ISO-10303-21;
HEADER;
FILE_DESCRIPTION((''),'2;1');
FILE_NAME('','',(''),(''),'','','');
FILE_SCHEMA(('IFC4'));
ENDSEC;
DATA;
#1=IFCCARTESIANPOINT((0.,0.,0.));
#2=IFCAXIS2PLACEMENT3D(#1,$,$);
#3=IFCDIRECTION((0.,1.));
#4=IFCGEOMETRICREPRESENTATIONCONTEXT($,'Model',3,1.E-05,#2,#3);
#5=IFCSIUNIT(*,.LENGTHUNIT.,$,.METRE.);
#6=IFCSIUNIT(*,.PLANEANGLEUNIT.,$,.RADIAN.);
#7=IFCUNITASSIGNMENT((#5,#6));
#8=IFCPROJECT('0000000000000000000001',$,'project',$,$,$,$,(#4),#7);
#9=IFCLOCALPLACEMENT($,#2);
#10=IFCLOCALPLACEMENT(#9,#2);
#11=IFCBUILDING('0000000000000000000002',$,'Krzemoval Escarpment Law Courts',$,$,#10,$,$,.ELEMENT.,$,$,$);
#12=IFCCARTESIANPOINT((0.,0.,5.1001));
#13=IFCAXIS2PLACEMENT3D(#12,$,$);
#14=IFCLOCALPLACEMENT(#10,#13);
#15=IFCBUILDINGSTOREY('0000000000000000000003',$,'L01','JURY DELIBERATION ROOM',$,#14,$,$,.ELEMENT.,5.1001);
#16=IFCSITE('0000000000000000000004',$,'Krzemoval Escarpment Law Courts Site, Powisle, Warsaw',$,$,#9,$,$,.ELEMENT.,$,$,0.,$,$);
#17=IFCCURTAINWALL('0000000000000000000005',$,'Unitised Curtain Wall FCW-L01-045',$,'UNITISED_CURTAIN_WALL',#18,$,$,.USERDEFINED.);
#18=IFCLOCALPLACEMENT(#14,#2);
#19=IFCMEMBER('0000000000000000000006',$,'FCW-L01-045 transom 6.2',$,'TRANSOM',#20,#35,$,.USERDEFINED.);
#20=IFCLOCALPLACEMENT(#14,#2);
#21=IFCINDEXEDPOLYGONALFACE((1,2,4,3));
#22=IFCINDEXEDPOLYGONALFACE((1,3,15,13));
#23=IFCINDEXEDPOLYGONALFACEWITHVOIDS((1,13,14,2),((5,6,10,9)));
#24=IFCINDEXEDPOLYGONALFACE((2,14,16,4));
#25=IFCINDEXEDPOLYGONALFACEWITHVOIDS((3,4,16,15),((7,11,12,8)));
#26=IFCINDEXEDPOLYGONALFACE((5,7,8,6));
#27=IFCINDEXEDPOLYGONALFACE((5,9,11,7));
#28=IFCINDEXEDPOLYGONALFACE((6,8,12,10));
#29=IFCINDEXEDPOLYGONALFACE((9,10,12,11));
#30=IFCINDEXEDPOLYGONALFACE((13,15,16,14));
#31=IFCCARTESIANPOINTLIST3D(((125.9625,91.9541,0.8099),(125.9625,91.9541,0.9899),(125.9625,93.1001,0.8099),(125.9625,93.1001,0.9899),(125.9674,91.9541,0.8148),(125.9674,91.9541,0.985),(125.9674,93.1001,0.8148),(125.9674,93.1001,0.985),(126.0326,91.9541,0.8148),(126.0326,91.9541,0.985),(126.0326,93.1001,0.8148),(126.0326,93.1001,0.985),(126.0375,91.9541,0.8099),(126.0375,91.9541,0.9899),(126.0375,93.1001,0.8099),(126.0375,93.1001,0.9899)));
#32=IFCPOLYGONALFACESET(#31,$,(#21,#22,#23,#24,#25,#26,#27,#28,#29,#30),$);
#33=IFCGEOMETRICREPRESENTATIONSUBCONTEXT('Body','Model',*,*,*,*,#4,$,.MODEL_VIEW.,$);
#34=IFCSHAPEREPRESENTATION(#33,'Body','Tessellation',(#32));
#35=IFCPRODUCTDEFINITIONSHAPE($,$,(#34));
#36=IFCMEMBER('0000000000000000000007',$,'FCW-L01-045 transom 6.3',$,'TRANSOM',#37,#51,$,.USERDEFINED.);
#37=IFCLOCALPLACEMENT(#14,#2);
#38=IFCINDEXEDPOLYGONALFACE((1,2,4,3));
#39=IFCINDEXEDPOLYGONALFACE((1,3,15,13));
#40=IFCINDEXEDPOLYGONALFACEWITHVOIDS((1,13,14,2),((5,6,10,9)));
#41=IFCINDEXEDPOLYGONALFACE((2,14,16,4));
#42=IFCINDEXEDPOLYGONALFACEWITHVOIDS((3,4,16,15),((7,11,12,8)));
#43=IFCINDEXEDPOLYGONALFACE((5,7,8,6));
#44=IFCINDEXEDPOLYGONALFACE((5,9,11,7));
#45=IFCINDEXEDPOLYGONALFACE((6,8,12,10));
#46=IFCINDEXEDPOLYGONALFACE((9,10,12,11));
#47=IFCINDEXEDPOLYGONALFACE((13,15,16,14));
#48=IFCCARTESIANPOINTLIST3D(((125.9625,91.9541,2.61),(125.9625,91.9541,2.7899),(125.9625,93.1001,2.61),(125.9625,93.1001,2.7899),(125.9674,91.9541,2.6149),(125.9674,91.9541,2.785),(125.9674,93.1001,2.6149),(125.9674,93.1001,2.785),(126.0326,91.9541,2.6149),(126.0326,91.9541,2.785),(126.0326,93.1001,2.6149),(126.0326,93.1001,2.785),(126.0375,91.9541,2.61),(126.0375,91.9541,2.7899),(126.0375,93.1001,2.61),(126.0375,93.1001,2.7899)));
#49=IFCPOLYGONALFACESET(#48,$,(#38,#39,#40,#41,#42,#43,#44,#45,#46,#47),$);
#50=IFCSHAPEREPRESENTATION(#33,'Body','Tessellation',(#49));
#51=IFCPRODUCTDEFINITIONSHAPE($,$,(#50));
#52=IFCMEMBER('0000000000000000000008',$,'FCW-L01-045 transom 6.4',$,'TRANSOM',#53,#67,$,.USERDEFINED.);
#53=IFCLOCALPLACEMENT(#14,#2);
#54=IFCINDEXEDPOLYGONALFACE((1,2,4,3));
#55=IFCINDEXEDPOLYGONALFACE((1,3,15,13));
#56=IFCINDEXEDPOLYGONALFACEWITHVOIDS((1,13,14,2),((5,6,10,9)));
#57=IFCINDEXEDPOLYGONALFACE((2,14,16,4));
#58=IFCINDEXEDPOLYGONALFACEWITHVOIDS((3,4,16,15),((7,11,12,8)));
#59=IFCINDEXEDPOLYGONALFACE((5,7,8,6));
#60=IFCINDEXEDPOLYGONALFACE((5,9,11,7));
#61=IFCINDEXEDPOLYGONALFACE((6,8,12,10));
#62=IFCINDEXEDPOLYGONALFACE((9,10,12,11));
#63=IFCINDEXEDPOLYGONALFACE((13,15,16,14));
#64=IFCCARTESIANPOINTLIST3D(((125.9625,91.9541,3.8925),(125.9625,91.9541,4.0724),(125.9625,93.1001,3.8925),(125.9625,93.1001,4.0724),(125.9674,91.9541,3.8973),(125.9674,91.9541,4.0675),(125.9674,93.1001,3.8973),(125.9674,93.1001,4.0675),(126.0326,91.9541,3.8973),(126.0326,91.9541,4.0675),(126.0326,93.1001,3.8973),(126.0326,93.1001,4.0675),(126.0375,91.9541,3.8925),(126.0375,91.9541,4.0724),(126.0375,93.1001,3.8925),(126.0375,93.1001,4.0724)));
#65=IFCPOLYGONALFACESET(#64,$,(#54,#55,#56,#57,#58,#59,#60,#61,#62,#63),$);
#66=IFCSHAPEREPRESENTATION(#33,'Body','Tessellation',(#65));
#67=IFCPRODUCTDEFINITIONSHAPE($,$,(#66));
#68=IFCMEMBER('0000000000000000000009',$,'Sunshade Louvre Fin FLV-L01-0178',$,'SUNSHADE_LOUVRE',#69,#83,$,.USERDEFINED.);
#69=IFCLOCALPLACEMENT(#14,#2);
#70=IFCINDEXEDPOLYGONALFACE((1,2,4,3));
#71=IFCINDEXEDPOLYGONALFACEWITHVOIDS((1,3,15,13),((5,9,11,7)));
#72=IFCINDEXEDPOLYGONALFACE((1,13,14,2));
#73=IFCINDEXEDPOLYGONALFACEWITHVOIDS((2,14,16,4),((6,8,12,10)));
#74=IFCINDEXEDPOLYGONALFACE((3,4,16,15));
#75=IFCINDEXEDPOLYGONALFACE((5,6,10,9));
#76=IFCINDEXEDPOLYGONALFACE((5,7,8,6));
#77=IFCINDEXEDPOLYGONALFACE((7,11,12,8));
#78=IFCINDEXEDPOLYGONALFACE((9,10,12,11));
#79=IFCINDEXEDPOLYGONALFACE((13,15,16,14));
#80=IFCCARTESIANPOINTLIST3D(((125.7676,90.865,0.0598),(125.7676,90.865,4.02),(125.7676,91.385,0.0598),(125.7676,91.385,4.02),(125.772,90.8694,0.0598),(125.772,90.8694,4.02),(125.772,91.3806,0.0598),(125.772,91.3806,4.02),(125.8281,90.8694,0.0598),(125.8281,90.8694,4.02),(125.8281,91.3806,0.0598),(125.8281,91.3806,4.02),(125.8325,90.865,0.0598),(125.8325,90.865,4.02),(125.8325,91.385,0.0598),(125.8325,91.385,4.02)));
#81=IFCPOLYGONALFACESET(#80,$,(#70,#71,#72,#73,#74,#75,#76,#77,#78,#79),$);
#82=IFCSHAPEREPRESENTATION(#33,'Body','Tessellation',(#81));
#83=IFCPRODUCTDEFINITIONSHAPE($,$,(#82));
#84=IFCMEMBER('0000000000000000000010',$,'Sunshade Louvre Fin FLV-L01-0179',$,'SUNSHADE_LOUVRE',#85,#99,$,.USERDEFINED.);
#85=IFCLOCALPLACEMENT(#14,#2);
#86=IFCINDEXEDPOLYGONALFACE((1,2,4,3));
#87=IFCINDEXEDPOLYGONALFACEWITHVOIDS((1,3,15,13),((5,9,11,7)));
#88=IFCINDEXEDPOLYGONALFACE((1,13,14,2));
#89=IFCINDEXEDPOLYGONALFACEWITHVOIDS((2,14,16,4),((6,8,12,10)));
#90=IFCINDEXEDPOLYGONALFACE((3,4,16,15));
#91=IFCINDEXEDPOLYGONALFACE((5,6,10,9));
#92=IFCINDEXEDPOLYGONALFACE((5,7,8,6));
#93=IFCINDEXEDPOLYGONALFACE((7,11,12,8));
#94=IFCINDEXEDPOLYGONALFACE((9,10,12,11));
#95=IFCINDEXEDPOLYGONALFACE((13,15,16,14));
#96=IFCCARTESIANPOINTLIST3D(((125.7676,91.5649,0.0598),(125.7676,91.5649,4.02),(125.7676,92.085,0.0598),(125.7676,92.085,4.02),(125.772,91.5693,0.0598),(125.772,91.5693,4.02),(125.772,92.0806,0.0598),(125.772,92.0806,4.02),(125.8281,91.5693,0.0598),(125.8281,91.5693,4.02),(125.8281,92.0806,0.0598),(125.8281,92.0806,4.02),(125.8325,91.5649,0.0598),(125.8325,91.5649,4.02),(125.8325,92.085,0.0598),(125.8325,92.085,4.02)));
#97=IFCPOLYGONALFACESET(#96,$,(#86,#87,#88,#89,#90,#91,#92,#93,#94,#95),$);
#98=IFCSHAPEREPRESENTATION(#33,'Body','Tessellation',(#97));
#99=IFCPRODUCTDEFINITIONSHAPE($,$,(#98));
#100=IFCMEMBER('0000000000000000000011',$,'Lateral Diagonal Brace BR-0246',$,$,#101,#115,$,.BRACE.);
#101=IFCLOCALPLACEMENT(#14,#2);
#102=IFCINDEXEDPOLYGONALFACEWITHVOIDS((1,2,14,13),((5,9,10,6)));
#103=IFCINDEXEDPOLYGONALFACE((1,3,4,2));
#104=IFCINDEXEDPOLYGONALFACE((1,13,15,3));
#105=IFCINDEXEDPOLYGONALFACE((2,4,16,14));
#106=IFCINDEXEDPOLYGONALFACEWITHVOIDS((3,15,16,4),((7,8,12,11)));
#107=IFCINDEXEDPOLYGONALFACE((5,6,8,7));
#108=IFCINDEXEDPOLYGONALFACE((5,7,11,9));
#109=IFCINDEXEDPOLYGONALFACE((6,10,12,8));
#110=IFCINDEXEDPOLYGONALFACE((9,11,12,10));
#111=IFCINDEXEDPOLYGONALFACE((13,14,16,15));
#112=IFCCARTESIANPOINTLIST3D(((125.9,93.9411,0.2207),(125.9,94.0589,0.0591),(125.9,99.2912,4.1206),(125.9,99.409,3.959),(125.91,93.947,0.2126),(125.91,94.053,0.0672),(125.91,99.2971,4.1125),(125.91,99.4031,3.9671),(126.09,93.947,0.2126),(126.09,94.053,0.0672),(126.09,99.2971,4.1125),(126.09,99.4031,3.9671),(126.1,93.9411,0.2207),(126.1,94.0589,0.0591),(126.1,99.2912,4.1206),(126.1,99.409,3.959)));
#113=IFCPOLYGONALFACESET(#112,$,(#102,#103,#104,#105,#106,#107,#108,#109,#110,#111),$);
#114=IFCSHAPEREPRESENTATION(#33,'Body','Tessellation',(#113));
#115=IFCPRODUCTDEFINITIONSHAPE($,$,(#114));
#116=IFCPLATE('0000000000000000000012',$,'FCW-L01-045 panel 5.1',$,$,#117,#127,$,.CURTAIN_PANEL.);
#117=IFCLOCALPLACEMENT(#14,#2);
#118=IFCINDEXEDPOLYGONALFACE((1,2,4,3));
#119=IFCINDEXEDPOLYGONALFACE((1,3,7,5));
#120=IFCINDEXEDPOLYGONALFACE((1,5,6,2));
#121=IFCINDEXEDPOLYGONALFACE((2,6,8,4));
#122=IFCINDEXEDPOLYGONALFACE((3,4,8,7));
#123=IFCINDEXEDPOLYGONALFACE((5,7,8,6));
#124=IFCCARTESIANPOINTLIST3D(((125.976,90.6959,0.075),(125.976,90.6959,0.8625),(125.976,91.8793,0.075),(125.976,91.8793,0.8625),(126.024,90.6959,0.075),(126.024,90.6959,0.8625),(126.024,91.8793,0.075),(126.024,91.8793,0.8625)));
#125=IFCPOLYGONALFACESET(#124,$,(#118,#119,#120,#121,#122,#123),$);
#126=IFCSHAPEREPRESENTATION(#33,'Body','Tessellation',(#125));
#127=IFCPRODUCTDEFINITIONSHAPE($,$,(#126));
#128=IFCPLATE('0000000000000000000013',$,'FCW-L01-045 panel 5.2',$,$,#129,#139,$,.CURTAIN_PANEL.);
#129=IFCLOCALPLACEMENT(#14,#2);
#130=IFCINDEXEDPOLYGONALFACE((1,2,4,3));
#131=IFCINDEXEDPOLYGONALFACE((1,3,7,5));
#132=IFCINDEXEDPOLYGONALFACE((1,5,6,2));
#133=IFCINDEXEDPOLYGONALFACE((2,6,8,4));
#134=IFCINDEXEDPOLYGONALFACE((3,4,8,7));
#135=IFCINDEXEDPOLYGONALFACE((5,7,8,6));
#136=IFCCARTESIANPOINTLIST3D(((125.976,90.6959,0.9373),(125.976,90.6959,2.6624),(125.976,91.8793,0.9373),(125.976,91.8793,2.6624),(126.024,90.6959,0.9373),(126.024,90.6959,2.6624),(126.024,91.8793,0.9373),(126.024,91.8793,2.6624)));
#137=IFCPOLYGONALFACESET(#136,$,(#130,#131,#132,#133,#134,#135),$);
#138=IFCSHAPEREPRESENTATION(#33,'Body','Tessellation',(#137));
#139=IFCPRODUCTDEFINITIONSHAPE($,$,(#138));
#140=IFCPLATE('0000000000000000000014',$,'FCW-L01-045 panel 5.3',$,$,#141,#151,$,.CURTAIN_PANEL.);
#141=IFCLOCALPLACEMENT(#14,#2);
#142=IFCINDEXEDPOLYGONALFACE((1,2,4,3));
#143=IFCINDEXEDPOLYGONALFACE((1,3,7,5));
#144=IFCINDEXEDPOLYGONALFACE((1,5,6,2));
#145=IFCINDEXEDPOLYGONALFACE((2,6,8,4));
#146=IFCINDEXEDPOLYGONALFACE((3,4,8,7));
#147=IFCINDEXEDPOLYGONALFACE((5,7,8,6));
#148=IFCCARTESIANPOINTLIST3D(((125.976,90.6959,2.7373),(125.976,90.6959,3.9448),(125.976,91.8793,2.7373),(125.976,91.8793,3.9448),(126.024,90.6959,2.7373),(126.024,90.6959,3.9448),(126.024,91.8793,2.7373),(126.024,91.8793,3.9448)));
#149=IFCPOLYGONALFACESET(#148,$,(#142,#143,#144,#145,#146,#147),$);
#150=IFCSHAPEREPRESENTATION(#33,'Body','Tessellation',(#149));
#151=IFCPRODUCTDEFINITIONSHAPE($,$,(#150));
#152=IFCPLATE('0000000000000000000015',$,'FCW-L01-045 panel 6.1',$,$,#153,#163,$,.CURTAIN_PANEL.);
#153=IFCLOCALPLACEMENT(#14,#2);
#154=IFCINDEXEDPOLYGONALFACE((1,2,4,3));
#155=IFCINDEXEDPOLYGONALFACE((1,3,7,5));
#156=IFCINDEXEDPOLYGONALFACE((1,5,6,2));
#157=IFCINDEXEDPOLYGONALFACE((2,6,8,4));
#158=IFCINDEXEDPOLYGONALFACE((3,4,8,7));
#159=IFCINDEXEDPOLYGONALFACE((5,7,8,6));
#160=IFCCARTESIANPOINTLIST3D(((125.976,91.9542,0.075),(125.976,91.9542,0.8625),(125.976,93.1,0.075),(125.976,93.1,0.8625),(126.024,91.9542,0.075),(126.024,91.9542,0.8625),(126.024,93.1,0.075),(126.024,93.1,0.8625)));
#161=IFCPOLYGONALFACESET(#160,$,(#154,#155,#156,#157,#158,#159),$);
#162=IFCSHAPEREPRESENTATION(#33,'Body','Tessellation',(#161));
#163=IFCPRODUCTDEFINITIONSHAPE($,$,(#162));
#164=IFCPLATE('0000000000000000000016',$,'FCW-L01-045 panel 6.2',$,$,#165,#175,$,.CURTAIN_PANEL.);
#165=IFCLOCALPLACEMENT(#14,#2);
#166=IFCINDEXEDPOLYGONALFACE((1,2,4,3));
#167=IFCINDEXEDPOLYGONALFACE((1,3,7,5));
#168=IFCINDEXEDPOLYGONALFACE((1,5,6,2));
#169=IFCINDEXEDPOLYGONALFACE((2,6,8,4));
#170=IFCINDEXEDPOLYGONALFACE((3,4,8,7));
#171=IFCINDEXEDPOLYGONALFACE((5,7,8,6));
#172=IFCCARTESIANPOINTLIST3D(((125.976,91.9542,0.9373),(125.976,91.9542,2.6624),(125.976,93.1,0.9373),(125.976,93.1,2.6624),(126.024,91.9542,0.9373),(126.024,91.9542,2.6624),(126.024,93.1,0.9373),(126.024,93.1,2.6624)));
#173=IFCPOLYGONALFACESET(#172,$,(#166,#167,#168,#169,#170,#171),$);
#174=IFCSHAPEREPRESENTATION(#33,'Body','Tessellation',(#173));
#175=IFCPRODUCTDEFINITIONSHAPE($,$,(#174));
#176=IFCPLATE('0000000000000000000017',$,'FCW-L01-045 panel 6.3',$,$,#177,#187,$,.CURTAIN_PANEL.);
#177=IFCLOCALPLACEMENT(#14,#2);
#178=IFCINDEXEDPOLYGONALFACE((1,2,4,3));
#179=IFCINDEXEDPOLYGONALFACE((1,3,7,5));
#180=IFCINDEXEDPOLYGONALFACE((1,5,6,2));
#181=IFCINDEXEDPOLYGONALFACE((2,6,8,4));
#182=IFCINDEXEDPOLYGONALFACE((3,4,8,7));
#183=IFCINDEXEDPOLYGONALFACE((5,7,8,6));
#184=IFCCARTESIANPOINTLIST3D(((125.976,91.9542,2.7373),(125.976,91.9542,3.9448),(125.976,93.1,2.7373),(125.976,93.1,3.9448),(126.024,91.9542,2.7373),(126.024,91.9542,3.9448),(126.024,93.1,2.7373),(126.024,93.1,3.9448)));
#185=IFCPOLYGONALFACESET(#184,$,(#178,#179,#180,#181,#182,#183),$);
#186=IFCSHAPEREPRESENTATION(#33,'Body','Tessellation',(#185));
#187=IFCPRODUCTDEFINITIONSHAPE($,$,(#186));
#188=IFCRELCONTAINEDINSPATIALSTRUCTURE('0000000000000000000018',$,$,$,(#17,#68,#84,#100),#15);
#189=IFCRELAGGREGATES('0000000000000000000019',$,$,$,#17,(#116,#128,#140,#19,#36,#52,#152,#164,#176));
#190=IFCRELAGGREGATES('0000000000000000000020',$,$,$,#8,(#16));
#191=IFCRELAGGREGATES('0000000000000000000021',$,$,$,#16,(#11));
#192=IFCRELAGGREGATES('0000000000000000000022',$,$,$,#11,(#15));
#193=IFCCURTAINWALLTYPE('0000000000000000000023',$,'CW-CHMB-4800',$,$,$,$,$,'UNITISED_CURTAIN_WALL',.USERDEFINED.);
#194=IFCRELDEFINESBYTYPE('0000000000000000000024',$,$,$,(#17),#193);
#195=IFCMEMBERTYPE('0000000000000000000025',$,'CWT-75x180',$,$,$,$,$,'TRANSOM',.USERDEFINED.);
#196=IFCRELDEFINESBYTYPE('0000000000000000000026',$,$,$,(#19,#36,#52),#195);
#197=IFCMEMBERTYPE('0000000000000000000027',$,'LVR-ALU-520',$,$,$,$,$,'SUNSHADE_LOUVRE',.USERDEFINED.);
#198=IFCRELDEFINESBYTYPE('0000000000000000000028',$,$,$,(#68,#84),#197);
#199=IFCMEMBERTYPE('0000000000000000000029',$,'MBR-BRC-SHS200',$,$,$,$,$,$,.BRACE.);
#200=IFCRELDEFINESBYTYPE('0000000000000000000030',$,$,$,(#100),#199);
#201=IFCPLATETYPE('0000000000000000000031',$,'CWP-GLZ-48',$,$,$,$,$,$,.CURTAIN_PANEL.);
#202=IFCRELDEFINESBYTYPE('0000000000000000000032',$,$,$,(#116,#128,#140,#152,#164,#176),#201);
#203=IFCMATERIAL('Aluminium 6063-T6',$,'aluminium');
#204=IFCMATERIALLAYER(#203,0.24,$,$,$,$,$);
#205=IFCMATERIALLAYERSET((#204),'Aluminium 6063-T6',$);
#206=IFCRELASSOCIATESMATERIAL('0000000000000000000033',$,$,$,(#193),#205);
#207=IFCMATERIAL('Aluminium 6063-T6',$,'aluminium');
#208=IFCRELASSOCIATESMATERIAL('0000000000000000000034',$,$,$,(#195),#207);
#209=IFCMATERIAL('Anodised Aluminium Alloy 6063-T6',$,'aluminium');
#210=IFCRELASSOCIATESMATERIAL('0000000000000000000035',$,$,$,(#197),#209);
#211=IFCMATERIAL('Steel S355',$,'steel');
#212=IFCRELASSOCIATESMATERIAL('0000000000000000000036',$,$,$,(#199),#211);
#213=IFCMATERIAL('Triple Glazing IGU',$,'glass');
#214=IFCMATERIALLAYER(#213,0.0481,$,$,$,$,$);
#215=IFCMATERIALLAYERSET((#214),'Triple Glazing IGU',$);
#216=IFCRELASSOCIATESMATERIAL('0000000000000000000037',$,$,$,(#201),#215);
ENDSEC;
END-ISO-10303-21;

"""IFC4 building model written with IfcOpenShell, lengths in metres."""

from ifc_helpers import new_model, si_unit, direction, frame, origin, origin_2d, place, context, subcontext, project, spatial, rectangle, hollow_rectangle, extrude, material, layer, layer_set, material_profile, profile_set, type_object, element, aggregate, save


model = new_model("IFC4")

# Units and contexts
model_context = context("Model", 3, precision=1e-05, world=origin(), true_north=direction((0.0, 1.0)))
body_context = subcontext(model_context, "Body", "Model", "MODEL_VIEW")
ifc_project = project(units=[si_unit("LENGTHUNIT", "METRE"), si_unit("PLANEANGLEUNIT", "RADIAN")], contexts=[model_context])

# Site, building, storey
site_placement = place(None, origin())
site = spatial("IfcSite", under=ifc_project, at=site_placement, Name="Krzemoval Escarpment Law Courts Site, Powisle, Warsaw", CompositionType="ELEMENT", RefElevation=0.0)
building_placement = place(site_placement, origin())
building = spatial("IfcBuilding", under=site, at=building_placement, Name="Krzemoval Escarpment Law Courts", CompositionType="ELEMENT")
storey_placement = place(building_placement, frame((0.0, 0.0, 5.1001)))
storey = spatial("IfcBuildingStorey", under=building, at=storey_placement, Name="L01", Description="JURY DELIBERATION ROOM", CompositionType="ELEMENT", Elevation=5.1001)

# Curtain wall, members
ifc_material_1 = material(Name="Aluminium 6063-T6", Category="aluminium")
ifc_layer_1 = layer(ifc_material_1, 0.24)
ifc_layer_set_1 = layer_set([ifc_layer_1], Name="Aluminium 6063-T6")
curtain_wall_type = type_object("IfcCurtainWallType", Name="CW-CHMB-4800", ElementType="UNITISED_CURTAIN_WALL", PredefinedType="USERDEFINED", material=ifc_layer_set_1)
curtain_wall_placement = place(storey_placement, origin())
curtain_wall = element("IfcCurtainWall", 1, at=curtain_wall_placement, inside=storey, type_object=curtain_wall_type, Name="Unitised Curtain Wall FCW-L01-045", ObjectType="UNITISED_CURTAIN_WALL", PredefinedType="USERDEFINED")
ifc_material_2 = material(Name="Aluminium 6063-T6", Category="aluminium")
ifc_material_profile_1 = material_profile(ifc_material_2, hollow_rectangle(XDim=0.075, YDim=0.1799, WallThickness=0.0049, at=origin_2d()), Name="ALU T75x180")
ifc_profile_set_1 = profile_set([ifc_material_profile_1], Name="Aluminium 6063-T6")
member_type_1 = type_object("IfcMemberType", Name="CWT-75x180", ElementType="TRANSOM", PredefinedType="USERDEFINED", material=ifc_profile_set_1)
member_1_placement = place(storey_placement, frame((126.0, 91.9541, 0.8999), z_axis=(0.0, 1.0, 0.0), x_axis=(-1.0, 0.0, 0.0)))
member_1 = element("IfcMember", 2, at=member_1_placement, type_object=member_type_1, Name="FCW-L01-045 transom 6.2", ObjectType="TRANSOM", PredefinedType="USERDEFINED", context=body_context, shape_type="SweptSolid", body=[
    extrude(hollow_rectangle(XDim=0.075, YDim=0.1799, WallThickness=0.0049, at=origin_2d()), origin(), (0.0, 0.0, 1.0), 1.146),
])
member_2_placement = place(storey_placement, frame((126.0, 91.9541, 2.7), z_axis=(0.0, 1.0, 0.0), x_axis=(-1.0, 0.0, 0.0)))
member_2 = element("IfcMember", 3, at=member_2_placement, type_object=member_type_1, Name="FCW-L01-045 transom 6.3", ObjectType="TRANSOM", PredefinedType="USERDEFINED", context=body_context, shape_type="SweptSolid", body=[
    extrude(hollow_rectangle(XDim=0.075, YDim=0.1799, WallThickness=0.0049, at=origin_2d()), origin(), (0.0, 0.0, 1.0), 1.146),
])
member_3_placement = place(storey_placement, frame((126.0, 91.9541, 3.9824), z_axis=(0.0, 1.0, 0.0), x_axis=(-1.0, 0.0, 0.0)))
member_3 = element("IfcMember", 4, at=member_3_placement, type_object=member_type_1, Name="FCW-L01-045 transom 6.4", ObjectType="TRANSOM", PredefinedType="USERDEFINED", context=body_context, shape_type="SweptSolid", body=[
    extrude(hollow_rectangle(XDim=0.075, YDim=0.1799, WallThickness=0.0049, at=origin_2d()), origin(), (0.0, 0.0, 1.0), 1.146),
])

# Members
ifc_material_3 = material(Name="Anodised Aluminium Alloy 6063-T6", Category="aluminium")
ifc_material_profile_2 = material_profile(ifc_material_3, hollow_rectangle(XDim=0.0649, YDim=0.52, WallThickness=0.0044, at=origin_2d()), Name="ALU LVR 65x520")
ifc_profile_set_2 = profile_set([ifc_material_profile_2], Name="Anodised Aluminium Alloy 6063-T6")
member_type_2 = type_object("IfcMemberType", Name="LVR-ALU-520", ElementType="SUNSHADE_LOUVRE", PredefinedType="USERDEFINED", material=ifc_profile_set_2)
for number, where, z_axis, x_axis, name in (
    (5, (125.8, 91.125, 0.0598), (0.0, 0.0, 1.0), (1.0, 0.0, 0.0), "Sunshade Louvre Fin FLV-L01-0178"),
    (6, (125.8, 91.825, 0.0598), (0.0, 0.0, 1.0), (1.0, 0.0, 0.0), "Sunshade Louvre Fin FLV-L01-0179"),
):
    element("IfcMember", number, at=place(storey_placement, frame(where, z_axis=z_axis, x_axis=x_axis)), inside=storey, type_object=member_type_2, Name=name, ObjectType="SUNSHADE_LOUVRE", PredefinedType="USERDEFINED", context=body_context, shape_type="SweptSolid", body=[
        extrude(hollow_rectangle(XDim=0.0649, YDim=0.52, WallThickness=0.0044, at=origin_2d()), origin(), (0.0, 0.0, 1.0), 3.9602),
    ])
ifc_material_4 = material(Name="Steel S355", Category="steel")
ifc_material_profile_3 = material_profile(ifc_material_4, hollow_rectangle(XDim=0.2, YDim=0.2, WallThickness=0.01, at=origin_2d()), Name="SHS 200x200x10")
ifc_profile_set_3 = profile_set([ifc_material_profile_3], Name="Steel S355")
member_type_3 = type_object("IfcMemberType", Name="MBR-BRC-SHS200", PredefinedType="BRACE", material=ifc_profile_set_3)
member_4_placement = place(storey_placement, frame((126.0, 94.0, 0.1399), z_axis=(0.0, 0.808095, 0.589053), x_axis=(-1.0, 0.0, 0.0)))
element("IfcMember", 7, at=member_4_placement, inside=storey, type_object=member_type_3, Name="Lateral Diagonal Brace BR-0246", PredefinedType="BRACE", context=body_context, shape_type="SweptSolid", body=[
    extrude(hollow_rectangle(XDim=0.2, YDim=0.2, WallThickness=0.01, at=origin_2d()), origin(), (0.0, 0.0, 1.0), 6.6206),
])

# Plates
ifc_material_5 = material(Name="Triple Glazing IGU", Category="glass")
ifc_layer_2 = layer(ifc_material_5, 0.0481)
ifc_layer_set_2 = layer_set([ifc_layer_2], Name="Triple Glazing IGU")
plate_type_1 = type_object("IfcPlateType", Name="CWP-GLZ-48", PredefinedType="CURTAIN_PANEL", material=ifc_layer_set_2)
plate_1_placement = place(storey_placement, frame((126.0, 91.2876, 0.075), z_axis=(0.0, 0.0, 1.0), x_axis=(0.0, 1.0, 0.0)))
plate_1 = element("IfcPlate", 8, at=plate_1_placement, type_object=plate_type_1, Name="FCW-L01-045 panel 5.1", PredefinedType="CURTAIN_PANEL", context=body_context, shape_type="SweptSolid", body=[
    extrude(rectangle(XDim=1.1833, YDim=0.0481, at=origin_2d()), origin(), (0.0, 0.0, 1.0), 0.7876),
])
plate_2_placement = place(storey_placement, frame((126.0, 91.2876, 0.9373), z_axis=(0.0, 0.0, 1.0), x_axis=(0.0, 1.0, 0.0)))
plate_2 = element("IfcPlate", 9, at=plate_2_placement, type_object=plate_type_1, Name="FCW-L01-045 panel 5.2", PredefinedType="CURTAIN_PANEL", context=body_context, shape_type="SweptSolid", body=[
    extrude(rectangle(XDim=1.1833, YDim=0.0481, at=origin_2d()), origin(), (0.0, 0.0, 1.0), 1.7251),
])
plate_3_placement = place(storey_placement, frame((126.0, 91.2876, 2.7373), z_axis=(0.0, 0.0, 1.0), x_axis=(0.0, 1.0, 0.0)))
plate_3 = element("IfcPlate", 10, at=plate_3_placement, type_object=plate_type_1, Name="FCW-L01-045 panel 5.3", PredefinedType="CURTAIN_PANEL", context=body_context, shape_type="SweptSolid", body=[
    extrude(rectangle(XDim=1.1833, YDim=0.0481, at=origin_2d()), origin(), (0.0, 0.0, 1.0), 1.2075),
])
plate_4_placement = place(storey_placement, frame((126.0, 92.5271, 0.075), z_axis=(0.0, 0.0, 1.0), x_axis=(0.0, 1.0, 0.0)))
plate_4 = element("IfcPlate", 11, at=plate_4_placement, type_object=plate_type_1, Name="FCW-L01-045 panel 6.1", PredefinedType="CURTAIN_PANEL", context=body_context, shape_type="SweptSolid", body=[
    extrude(rectangle(XDim=1.1458, YDim=0.0481, at=origin_2d()), origin(), (0.0, 0.0, 1.0), 0.7876),
])
plate_5_placement = place(storey_placement, frame((126.0, 92.5271, 0.9373), z_axis=(0.0, 0.0, 1.0), x_axis=(0.0, 1.0, 0.0)))
plate_5 = element("IfcPlate", 12, at=plate_5_placement, type_object=plate_type_1, Name="FCW-L01-045 panel 6.2", PredefinedType="CURTAIN_PANEL", context=body_context, shape_type="SweptSolid", body=[
    extrude(rectangle(XDim=1.1458, YDim=0.0481, at=origin_2d()), origin(), (0.0, 0.0, 1.0), 1.7251),
])
plate_6_placement = place(storey_placement, frame((126.0, 92.5271, 2.7373), z_axis=(0.0, 0.0, 1.0), x_axis=(0.0, 1.0, 0.0)))
plate_6 = element("IfcPlate", 13, at=plate_6_placement, type_object=plate_type_1, Name="FCW-L01-045 panel 6.3", PredefinedType="CURTAIN_PANEL", context=body_context, shape_type="SweptSolid", body=[
    extrude(rectangle(XDim=1.1458, YDim=0.0481, at=origin_2d()), origin(), (0.0, 0.0, 1.0), 1.2075),
])
aggregate(curtain_wall, [plate_1, plate_2, plate_3, member_1, member_2, member_3, plate_4, plate_5, plate_6])

save(model, "model.ifc")
